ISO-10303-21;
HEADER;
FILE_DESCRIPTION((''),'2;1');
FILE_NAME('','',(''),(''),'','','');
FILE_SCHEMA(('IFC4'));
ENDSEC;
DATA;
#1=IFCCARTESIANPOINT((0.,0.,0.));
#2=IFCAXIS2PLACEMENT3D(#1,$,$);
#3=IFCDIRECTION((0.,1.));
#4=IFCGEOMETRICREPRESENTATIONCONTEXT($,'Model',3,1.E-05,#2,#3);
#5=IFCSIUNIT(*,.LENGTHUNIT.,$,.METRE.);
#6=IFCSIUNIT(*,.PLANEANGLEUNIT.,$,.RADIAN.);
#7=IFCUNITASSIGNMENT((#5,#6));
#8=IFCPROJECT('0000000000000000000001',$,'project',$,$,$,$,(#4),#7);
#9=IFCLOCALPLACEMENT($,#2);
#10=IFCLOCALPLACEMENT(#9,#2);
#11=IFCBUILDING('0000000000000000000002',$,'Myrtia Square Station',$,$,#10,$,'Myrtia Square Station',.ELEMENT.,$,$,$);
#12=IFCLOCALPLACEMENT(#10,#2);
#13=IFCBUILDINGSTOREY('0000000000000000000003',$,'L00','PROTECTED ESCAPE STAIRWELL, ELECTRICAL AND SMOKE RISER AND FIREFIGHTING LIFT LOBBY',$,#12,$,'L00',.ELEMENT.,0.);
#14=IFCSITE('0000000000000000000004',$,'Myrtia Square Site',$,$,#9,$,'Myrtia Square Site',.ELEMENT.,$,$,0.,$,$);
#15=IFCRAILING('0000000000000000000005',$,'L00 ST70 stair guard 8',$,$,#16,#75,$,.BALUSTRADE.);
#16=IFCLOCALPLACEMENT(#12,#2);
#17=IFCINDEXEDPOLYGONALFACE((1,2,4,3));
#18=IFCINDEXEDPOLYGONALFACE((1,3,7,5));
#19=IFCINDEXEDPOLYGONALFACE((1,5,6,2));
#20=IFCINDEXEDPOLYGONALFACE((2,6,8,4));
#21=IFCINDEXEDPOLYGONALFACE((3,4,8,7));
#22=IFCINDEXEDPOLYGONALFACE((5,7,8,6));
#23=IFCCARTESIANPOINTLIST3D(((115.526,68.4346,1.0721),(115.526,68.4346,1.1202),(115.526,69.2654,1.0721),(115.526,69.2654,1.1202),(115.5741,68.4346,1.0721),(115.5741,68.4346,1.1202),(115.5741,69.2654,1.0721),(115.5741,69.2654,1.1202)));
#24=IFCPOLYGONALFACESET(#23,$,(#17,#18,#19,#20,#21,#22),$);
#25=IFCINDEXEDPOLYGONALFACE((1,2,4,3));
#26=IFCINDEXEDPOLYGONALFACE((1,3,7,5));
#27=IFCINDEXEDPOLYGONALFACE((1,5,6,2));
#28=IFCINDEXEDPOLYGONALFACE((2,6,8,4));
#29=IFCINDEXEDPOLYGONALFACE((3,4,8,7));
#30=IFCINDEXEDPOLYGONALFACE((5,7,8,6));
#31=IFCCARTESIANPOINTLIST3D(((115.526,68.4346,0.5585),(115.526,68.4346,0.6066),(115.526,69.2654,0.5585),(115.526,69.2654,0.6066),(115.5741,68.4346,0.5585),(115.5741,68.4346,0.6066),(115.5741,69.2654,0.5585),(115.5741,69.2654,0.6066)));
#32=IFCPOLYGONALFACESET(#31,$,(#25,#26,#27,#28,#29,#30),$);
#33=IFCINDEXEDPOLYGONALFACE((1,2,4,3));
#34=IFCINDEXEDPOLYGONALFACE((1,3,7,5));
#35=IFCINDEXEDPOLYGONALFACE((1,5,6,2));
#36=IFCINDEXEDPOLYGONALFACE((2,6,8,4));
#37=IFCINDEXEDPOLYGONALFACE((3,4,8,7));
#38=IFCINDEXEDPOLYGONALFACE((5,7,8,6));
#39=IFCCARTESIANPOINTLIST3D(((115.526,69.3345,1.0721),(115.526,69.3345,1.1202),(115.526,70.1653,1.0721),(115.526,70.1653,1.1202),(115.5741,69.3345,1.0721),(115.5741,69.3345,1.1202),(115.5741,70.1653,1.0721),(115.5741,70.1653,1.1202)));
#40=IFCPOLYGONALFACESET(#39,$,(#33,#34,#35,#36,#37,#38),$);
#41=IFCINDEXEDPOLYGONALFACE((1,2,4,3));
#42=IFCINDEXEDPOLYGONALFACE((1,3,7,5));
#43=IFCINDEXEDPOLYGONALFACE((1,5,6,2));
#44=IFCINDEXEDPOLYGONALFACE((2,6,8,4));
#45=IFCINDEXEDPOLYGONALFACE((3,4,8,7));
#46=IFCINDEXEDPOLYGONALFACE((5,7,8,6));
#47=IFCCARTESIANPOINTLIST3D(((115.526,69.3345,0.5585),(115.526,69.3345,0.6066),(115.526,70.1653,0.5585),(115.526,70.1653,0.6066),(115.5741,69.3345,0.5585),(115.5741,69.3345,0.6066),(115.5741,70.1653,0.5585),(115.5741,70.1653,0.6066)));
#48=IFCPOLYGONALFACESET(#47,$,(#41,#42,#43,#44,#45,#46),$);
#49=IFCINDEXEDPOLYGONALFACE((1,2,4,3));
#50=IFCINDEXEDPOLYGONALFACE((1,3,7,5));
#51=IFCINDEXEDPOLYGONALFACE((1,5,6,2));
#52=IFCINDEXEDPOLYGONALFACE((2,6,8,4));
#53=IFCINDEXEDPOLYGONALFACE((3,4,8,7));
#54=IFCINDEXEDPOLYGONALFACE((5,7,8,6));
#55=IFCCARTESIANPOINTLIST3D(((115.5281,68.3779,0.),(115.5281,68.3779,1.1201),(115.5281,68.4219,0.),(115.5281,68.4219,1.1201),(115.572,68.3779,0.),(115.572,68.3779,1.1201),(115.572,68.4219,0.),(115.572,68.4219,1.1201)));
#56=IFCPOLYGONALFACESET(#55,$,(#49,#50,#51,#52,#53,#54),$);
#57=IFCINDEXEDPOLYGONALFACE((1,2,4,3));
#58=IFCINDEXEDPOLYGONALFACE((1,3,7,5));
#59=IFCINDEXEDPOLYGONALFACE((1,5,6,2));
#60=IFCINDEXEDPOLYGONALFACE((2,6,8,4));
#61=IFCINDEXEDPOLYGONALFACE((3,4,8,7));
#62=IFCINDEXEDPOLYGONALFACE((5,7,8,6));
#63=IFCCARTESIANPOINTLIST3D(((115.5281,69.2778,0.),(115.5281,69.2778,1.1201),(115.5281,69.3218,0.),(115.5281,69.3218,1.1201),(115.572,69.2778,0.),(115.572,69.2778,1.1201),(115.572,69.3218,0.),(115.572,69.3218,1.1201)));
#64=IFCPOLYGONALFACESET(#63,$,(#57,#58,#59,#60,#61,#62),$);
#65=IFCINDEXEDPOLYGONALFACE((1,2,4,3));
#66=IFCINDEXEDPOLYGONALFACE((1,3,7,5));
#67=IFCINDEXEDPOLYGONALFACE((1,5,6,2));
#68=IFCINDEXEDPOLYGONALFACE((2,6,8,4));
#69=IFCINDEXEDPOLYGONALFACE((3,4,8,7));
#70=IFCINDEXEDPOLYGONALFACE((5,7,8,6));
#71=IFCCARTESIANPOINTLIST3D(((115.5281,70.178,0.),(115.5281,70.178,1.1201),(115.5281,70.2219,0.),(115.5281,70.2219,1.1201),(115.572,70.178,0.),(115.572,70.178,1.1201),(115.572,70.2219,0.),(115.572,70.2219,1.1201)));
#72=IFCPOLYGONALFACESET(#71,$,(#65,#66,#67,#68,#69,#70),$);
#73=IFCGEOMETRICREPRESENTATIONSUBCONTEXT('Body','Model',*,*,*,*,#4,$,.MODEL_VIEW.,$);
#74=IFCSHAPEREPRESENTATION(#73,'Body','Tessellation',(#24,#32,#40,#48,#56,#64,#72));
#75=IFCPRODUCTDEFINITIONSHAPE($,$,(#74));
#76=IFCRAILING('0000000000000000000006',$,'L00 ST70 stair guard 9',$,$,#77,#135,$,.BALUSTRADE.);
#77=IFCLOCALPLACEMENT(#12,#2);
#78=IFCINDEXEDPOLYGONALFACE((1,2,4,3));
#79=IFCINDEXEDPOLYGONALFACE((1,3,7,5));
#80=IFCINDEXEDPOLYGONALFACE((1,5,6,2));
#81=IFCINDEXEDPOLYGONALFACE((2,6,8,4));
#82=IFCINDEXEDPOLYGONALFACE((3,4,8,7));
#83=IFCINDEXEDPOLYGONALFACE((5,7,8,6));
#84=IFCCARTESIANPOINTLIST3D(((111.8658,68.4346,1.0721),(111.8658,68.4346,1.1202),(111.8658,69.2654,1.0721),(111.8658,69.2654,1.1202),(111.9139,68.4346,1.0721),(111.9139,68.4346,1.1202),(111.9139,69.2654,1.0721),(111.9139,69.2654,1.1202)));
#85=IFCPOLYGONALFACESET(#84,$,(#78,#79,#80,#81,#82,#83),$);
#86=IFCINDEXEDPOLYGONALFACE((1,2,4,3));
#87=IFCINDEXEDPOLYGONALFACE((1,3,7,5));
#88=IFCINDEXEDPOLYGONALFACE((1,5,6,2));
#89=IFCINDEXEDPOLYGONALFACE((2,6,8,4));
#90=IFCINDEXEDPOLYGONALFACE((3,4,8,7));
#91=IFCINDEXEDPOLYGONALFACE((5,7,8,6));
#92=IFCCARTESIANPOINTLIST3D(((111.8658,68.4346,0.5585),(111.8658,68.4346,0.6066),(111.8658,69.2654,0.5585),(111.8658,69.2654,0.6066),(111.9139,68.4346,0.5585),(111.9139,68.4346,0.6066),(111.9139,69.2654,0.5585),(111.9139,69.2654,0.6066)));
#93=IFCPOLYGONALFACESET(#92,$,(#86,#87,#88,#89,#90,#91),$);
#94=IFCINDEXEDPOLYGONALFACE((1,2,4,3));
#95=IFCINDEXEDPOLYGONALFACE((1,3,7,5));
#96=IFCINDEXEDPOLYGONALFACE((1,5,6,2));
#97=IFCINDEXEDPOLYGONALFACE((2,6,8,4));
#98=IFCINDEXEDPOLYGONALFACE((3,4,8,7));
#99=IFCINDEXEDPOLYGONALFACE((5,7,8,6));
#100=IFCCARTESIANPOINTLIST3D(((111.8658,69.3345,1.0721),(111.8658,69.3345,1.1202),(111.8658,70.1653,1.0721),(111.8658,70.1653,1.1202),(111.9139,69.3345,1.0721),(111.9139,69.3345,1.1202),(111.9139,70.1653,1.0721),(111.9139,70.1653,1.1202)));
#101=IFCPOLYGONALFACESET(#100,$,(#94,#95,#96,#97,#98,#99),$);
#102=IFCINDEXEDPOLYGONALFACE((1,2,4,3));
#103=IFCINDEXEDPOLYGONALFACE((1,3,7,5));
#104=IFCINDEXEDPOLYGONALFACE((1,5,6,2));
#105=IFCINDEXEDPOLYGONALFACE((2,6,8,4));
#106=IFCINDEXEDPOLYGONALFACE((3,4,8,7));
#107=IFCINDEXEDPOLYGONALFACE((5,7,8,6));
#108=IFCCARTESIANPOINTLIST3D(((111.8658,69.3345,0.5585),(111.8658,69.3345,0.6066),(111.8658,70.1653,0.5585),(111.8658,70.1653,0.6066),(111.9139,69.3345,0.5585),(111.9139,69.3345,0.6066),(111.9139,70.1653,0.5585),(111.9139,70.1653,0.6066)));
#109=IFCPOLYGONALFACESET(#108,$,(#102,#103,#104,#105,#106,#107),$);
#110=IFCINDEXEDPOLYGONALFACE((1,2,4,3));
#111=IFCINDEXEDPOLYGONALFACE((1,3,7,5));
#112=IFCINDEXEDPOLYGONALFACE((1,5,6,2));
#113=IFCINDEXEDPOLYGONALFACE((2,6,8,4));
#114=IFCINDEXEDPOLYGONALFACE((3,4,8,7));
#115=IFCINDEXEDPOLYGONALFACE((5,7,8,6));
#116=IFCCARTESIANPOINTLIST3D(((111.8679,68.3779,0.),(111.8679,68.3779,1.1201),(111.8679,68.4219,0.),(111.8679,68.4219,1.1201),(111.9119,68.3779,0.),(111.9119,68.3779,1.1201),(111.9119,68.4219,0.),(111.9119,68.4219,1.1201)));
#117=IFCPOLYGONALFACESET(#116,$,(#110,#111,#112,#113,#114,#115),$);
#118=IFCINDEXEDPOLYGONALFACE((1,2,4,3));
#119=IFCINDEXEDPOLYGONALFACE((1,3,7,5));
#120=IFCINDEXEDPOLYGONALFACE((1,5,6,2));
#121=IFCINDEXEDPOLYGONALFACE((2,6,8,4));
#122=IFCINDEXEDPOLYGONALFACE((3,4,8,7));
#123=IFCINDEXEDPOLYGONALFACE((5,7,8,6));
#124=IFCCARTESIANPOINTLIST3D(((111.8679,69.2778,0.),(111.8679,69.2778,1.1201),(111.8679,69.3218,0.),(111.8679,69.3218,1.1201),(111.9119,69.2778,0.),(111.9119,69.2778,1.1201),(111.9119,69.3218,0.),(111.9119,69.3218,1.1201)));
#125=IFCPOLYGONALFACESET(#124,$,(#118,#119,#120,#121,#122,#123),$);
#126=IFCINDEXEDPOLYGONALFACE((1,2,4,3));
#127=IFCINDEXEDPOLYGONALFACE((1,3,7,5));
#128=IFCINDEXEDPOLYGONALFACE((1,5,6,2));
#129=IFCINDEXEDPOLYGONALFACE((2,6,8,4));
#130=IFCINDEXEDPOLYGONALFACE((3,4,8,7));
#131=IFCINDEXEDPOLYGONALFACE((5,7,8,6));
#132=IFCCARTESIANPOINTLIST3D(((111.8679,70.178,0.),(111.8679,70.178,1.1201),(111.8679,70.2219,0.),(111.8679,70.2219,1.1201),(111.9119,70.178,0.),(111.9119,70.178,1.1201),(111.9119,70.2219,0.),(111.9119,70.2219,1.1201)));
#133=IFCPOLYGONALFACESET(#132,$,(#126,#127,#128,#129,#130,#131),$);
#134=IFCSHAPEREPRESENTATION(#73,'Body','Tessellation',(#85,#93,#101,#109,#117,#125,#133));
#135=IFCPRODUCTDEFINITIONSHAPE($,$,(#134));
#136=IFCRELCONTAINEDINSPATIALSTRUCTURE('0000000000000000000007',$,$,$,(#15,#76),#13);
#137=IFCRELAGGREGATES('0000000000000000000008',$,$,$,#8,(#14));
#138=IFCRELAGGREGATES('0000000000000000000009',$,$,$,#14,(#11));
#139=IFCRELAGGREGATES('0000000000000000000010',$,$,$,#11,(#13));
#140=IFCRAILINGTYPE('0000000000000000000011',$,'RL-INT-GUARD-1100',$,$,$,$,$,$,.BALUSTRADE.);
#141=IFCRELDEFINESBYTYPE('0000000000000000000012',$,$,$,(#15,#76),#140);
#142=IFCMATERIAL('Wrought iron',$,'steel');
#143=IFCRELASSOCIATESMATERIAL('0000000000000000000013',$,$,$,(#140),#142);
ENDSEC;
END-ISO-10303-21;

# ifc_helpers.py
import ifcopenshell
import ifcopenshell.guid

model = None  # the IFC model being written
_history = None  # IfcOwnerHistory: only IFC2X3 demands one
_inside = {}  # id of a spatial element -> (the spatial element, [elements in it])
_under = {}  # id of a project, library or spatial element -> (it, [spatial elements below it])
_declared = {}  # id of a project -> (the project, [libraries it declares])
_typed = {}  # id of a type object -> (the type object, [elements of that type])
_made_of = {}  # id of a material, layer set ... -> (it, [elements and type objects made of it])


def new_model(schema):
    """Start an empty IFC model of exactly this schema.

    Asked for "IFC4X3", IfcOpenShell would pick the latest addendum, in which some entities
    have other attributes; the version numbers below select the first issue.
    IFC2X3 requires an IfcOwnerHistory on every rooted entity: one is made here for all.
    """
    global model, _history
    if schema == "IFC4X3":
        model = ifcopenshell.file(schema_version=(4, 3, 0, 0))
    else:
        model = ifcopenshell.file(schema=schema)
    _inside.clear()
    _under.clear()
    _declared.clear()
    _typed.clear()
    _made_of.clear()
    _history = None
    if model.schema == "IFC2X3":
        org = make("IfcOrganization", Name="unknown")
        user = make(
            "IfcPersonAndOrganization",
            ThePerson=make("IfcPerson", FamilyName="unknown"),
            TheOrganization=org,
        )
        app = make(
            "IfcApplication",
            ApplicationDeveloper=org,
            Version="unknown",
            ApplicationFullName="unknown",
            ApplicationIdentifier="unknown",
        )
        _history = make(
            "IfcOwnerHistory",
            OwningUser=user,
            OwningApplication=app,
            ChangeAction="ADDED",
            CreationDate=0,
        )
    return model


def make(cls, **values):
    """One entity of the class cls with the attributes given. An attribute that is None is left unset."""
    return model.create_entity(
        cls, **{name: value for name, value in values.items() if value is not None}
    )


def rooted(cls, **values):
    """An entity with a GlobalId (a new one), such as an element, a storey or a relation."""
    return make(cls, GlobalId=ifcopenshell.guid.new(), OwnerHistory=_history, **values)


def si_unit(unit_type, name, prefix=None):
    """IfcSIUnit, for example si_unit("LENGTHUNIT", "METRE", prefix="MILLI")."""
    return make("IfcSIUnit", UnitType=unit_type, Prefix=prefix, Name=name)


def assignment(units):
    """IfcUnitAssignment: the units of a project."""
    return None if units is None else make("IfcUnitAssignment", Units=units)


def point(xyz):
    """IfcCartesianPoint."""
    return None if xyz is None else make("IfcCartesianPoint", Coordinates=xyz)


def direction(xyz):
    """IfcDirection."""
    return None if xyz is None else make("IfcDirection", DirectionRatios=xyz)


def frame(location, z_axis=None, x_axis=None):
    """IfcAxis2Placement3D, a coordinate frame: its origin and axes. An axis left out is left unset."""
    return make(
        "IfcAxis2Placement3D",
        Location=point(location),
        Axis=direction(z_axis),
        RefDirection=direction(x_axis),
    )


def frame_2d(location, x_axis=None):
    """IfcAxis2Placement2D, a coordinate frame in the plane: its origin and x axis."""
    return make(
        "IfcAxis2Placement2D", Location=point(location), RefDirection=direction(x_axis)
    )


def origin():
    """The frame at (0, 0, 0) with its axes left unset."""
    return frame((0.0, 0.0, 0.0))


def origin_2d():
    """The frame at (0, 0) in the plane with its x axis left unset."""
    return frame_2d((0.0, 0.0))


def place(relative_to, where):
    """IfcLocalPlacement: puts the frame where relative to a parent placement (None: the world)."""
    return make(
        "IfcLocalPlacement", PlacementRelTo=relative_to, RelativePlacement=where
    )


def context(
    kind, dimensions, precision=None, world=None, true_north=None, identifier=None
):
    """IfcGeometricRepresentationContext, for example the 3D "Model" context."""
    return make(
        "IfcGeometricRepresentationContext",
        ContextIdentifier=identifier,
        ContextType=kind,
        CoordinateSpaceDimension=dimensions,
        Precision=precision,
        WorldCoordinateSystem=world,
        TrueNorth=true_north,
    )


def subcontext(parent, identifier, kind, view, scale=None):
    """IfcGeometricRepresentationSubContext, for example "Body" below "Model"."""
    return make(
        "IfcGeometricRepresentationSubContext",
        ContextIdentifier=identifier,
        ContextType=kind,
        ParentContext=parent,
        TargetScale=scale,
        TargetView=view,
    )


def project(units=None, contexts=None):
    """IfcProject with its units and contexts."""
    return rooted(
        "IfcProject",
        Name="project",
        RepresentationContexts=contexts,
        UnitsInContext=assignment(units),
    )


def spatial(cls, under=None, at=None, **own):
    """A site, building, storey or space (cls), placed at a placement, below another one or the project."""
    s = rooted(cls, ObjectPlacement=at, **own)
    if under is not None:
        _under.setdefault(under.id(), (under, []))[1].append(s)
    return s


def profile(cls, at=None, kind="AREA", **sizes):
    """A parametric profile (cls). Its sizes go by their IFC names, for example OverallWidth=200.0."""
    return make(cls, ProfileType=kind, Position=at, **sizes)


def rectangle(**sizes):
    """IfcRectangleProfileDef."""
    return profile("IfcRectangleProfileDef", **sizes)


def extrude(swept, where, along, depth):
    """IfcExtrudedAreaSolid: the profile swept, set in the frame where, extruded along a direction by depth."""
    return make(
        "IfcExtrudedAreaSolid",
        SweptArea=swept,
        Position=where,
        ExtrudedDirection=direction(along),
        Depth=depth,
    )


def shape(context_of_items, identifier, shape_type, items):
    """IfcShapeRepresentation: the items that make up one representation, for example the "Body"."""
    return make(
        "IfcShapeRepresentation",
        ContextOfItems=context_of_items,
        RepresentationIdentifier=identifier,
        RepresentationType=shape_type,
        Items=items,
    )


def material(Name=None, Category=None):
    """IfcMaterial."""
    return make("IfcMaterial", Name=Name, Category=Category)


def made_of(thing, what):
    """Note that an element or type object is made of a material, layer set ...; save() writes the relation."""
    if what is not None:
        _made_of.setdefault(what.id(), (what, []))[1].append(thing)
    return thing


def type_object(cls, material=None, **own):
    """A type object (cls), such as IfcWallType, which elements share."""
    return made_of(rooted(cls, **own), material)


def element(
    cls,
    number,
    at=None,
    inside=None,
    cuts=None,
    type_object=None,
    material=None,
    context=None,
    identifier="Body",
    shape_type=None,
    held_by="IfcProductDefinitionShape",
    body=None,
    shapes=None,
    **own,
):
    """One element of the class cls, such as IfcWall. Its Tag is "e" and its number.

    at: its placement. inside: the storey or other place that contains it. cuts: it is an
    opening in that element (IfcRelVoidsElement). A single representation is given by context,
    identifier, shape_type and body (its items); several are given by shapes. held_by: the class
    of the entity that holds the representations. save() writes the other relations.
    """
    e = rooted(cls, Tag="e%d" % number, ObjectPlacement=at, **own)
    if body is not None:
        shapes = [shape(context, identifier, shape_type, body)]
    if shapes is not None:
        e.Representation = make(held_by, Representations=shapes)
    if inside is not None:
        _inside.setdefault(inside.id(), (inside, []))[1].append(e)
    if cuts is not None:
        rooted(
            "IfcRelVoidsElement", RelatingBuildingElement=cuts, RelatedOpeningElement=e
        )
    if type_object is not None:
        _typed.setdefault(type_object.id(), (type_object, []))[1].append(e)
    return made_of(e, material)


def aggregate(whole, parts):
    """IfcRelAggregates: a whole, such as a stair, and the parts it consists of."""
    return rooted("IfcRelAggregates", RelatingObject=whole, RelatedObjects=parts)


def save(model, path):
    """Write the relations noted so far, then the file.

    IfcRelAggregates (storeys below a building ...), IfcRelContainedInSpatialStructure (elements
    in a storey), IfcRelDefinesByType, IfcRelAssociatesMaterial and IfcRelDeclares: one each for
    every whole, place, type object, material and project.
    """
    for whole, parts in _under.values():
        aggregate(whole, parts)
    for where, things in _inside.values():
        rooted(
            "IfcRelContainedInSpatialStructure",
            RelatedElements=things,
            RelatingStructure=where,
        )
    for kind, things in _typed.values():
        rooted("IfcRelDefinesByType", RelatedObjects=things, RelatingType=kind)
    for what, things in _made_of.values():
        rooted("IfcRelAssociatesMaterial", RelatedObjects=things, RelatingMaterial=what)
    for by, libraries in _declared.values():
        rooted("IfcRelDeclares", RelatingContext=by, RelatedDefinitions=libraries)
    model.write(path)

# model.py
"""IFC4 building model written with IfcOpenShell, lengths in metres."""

from ifc_helpers import new_model, si_unit, direction, frame, origin, origin_2d, place, context, subcontext, project, spatial, rectangle, extrude, material, type_object, element, save


model = new_model("IFC4")

# Units and contexts
model_context = context("Model", 3, precision=1e-05, world=origin(), true_north=direction((0.0, 1.0)))
body_context = subcontext(model_context, "Body", "Model", "MODEL_VIEW")
ifc_project = project(units=[si_unit("LENGTHUNIT", "METRE"), si_unit("PLANEANGLEUNIT", "RADIAN")], contexts=[model_context])

# Site, building, storey
site_placement = place(None, origin())
site = spatial("IfcSite", under=ifc_project, at=site_placement, Name="Myrtia Square Site", LongName="Myrtia Square Site", CompositionType="ELEMENT", RefElevation=0.0)
building_placement = place(site_placement, origin())
building = spatial("IfcBuilding", under=site, at=building_placement, Name="Myrtia Square Station", LongName="Myrtia Square Station", CompositionType="ELEMENT")
storey_placement = place(building_placement, origin())
storey = spatial("IfcBuildingStorey", under=building, at=storey_placement, Name="L00", Description="PROTECTED ESCAPE STAIRWELL, ELECTRICAL AND SMOKE RISER AND FIREFIGHTING LIFT LOBBY", LongName="L00", CompositionType="ELEMENT", Elevation=0.0)

# Railings
ifc_material_1 = material(Name="Wrought iron", Category="steel")
railing_type = type_object("IfcRailingType", Name="RL-INT-GUARD-1100", PredefinedType="BALUSTRADE", material=ifc_material_1)
for number, where, name in (
    (1, (115.55, 68.3999, 0.0), "L00 ST70 stair guard 8"),
    (2, (111.8899, 68.3999, 0.0), "L00 ST70 stair guard 9"),
):
    element("IfcRailing", number, at=place(storey_placement, frame(where)), inside=storey, type_object=railing_type, Name=name, PredefinedType="BALUSTRADE", context=body_context, shape_type="SweptSolid", body=[
        extrude(rectangle(XDim=0.0481, YDim=0.0481, at=origin_2d()), frame((0.0, 0.0347, 1.0962), z_axis=(0.0, 1.0, 0.0), x_axis=(-1.0, 0.0, 0.0)), (0.0, 0.0, 1.0), 0.8308),
        extrude(rectangle(XDim=0.0481, YDim=0.0481, at=origin_2d()), frame((0.0, 0.0347, 0.5825), z_axis=(0.0, 1.0, 0.0), x_axis=(-1.0, 0.0, 0.0)), (0.0, 0.0, 1.0), 0.8308),
        extrude(rectangle(XDim=0.0481, YDim=0.0481, at=origin_2d()), frame((0.0, 0.9346, 1.0962), z_axis=(0.0, 1.0, 0.0), x_axis=(-1.0, 0.0, 0.0)), (0.0, 0.0, 1.0), 0.8308),
        extrude(rectangle(XDim=0.0481, YDim=0.0481, at=origin_2d()), frame((0.0, 0.9346, 0.5825), z_axis=(0.0, 1.0, 0.0), x_axis=(-1.0, 0.0, 0.0)), (0.0, 0.0, 1.0), 0.8308),
        extrude(rectangle(XDim=0.0439, YDim=0.0439, at=origin_2d()), origin(), (0.0, 0.0, 1.0), 1.1201),
        extrude(rectangle(XDim=0.0439, YDim=0.0439, at=origin_2d()), frame((0.0, 0.8999, 0.0)), (0.0, 0.0, 1.0), 1.1201),
        extrude(rectangle(XDim=0.0439, YDim=0.0439, at=origin_2d()), frame((0.0, 1.8, 0.0)), (0.0, 0.0, 1.0), 1.1201),
    ])

save(model, "model.ifc")
